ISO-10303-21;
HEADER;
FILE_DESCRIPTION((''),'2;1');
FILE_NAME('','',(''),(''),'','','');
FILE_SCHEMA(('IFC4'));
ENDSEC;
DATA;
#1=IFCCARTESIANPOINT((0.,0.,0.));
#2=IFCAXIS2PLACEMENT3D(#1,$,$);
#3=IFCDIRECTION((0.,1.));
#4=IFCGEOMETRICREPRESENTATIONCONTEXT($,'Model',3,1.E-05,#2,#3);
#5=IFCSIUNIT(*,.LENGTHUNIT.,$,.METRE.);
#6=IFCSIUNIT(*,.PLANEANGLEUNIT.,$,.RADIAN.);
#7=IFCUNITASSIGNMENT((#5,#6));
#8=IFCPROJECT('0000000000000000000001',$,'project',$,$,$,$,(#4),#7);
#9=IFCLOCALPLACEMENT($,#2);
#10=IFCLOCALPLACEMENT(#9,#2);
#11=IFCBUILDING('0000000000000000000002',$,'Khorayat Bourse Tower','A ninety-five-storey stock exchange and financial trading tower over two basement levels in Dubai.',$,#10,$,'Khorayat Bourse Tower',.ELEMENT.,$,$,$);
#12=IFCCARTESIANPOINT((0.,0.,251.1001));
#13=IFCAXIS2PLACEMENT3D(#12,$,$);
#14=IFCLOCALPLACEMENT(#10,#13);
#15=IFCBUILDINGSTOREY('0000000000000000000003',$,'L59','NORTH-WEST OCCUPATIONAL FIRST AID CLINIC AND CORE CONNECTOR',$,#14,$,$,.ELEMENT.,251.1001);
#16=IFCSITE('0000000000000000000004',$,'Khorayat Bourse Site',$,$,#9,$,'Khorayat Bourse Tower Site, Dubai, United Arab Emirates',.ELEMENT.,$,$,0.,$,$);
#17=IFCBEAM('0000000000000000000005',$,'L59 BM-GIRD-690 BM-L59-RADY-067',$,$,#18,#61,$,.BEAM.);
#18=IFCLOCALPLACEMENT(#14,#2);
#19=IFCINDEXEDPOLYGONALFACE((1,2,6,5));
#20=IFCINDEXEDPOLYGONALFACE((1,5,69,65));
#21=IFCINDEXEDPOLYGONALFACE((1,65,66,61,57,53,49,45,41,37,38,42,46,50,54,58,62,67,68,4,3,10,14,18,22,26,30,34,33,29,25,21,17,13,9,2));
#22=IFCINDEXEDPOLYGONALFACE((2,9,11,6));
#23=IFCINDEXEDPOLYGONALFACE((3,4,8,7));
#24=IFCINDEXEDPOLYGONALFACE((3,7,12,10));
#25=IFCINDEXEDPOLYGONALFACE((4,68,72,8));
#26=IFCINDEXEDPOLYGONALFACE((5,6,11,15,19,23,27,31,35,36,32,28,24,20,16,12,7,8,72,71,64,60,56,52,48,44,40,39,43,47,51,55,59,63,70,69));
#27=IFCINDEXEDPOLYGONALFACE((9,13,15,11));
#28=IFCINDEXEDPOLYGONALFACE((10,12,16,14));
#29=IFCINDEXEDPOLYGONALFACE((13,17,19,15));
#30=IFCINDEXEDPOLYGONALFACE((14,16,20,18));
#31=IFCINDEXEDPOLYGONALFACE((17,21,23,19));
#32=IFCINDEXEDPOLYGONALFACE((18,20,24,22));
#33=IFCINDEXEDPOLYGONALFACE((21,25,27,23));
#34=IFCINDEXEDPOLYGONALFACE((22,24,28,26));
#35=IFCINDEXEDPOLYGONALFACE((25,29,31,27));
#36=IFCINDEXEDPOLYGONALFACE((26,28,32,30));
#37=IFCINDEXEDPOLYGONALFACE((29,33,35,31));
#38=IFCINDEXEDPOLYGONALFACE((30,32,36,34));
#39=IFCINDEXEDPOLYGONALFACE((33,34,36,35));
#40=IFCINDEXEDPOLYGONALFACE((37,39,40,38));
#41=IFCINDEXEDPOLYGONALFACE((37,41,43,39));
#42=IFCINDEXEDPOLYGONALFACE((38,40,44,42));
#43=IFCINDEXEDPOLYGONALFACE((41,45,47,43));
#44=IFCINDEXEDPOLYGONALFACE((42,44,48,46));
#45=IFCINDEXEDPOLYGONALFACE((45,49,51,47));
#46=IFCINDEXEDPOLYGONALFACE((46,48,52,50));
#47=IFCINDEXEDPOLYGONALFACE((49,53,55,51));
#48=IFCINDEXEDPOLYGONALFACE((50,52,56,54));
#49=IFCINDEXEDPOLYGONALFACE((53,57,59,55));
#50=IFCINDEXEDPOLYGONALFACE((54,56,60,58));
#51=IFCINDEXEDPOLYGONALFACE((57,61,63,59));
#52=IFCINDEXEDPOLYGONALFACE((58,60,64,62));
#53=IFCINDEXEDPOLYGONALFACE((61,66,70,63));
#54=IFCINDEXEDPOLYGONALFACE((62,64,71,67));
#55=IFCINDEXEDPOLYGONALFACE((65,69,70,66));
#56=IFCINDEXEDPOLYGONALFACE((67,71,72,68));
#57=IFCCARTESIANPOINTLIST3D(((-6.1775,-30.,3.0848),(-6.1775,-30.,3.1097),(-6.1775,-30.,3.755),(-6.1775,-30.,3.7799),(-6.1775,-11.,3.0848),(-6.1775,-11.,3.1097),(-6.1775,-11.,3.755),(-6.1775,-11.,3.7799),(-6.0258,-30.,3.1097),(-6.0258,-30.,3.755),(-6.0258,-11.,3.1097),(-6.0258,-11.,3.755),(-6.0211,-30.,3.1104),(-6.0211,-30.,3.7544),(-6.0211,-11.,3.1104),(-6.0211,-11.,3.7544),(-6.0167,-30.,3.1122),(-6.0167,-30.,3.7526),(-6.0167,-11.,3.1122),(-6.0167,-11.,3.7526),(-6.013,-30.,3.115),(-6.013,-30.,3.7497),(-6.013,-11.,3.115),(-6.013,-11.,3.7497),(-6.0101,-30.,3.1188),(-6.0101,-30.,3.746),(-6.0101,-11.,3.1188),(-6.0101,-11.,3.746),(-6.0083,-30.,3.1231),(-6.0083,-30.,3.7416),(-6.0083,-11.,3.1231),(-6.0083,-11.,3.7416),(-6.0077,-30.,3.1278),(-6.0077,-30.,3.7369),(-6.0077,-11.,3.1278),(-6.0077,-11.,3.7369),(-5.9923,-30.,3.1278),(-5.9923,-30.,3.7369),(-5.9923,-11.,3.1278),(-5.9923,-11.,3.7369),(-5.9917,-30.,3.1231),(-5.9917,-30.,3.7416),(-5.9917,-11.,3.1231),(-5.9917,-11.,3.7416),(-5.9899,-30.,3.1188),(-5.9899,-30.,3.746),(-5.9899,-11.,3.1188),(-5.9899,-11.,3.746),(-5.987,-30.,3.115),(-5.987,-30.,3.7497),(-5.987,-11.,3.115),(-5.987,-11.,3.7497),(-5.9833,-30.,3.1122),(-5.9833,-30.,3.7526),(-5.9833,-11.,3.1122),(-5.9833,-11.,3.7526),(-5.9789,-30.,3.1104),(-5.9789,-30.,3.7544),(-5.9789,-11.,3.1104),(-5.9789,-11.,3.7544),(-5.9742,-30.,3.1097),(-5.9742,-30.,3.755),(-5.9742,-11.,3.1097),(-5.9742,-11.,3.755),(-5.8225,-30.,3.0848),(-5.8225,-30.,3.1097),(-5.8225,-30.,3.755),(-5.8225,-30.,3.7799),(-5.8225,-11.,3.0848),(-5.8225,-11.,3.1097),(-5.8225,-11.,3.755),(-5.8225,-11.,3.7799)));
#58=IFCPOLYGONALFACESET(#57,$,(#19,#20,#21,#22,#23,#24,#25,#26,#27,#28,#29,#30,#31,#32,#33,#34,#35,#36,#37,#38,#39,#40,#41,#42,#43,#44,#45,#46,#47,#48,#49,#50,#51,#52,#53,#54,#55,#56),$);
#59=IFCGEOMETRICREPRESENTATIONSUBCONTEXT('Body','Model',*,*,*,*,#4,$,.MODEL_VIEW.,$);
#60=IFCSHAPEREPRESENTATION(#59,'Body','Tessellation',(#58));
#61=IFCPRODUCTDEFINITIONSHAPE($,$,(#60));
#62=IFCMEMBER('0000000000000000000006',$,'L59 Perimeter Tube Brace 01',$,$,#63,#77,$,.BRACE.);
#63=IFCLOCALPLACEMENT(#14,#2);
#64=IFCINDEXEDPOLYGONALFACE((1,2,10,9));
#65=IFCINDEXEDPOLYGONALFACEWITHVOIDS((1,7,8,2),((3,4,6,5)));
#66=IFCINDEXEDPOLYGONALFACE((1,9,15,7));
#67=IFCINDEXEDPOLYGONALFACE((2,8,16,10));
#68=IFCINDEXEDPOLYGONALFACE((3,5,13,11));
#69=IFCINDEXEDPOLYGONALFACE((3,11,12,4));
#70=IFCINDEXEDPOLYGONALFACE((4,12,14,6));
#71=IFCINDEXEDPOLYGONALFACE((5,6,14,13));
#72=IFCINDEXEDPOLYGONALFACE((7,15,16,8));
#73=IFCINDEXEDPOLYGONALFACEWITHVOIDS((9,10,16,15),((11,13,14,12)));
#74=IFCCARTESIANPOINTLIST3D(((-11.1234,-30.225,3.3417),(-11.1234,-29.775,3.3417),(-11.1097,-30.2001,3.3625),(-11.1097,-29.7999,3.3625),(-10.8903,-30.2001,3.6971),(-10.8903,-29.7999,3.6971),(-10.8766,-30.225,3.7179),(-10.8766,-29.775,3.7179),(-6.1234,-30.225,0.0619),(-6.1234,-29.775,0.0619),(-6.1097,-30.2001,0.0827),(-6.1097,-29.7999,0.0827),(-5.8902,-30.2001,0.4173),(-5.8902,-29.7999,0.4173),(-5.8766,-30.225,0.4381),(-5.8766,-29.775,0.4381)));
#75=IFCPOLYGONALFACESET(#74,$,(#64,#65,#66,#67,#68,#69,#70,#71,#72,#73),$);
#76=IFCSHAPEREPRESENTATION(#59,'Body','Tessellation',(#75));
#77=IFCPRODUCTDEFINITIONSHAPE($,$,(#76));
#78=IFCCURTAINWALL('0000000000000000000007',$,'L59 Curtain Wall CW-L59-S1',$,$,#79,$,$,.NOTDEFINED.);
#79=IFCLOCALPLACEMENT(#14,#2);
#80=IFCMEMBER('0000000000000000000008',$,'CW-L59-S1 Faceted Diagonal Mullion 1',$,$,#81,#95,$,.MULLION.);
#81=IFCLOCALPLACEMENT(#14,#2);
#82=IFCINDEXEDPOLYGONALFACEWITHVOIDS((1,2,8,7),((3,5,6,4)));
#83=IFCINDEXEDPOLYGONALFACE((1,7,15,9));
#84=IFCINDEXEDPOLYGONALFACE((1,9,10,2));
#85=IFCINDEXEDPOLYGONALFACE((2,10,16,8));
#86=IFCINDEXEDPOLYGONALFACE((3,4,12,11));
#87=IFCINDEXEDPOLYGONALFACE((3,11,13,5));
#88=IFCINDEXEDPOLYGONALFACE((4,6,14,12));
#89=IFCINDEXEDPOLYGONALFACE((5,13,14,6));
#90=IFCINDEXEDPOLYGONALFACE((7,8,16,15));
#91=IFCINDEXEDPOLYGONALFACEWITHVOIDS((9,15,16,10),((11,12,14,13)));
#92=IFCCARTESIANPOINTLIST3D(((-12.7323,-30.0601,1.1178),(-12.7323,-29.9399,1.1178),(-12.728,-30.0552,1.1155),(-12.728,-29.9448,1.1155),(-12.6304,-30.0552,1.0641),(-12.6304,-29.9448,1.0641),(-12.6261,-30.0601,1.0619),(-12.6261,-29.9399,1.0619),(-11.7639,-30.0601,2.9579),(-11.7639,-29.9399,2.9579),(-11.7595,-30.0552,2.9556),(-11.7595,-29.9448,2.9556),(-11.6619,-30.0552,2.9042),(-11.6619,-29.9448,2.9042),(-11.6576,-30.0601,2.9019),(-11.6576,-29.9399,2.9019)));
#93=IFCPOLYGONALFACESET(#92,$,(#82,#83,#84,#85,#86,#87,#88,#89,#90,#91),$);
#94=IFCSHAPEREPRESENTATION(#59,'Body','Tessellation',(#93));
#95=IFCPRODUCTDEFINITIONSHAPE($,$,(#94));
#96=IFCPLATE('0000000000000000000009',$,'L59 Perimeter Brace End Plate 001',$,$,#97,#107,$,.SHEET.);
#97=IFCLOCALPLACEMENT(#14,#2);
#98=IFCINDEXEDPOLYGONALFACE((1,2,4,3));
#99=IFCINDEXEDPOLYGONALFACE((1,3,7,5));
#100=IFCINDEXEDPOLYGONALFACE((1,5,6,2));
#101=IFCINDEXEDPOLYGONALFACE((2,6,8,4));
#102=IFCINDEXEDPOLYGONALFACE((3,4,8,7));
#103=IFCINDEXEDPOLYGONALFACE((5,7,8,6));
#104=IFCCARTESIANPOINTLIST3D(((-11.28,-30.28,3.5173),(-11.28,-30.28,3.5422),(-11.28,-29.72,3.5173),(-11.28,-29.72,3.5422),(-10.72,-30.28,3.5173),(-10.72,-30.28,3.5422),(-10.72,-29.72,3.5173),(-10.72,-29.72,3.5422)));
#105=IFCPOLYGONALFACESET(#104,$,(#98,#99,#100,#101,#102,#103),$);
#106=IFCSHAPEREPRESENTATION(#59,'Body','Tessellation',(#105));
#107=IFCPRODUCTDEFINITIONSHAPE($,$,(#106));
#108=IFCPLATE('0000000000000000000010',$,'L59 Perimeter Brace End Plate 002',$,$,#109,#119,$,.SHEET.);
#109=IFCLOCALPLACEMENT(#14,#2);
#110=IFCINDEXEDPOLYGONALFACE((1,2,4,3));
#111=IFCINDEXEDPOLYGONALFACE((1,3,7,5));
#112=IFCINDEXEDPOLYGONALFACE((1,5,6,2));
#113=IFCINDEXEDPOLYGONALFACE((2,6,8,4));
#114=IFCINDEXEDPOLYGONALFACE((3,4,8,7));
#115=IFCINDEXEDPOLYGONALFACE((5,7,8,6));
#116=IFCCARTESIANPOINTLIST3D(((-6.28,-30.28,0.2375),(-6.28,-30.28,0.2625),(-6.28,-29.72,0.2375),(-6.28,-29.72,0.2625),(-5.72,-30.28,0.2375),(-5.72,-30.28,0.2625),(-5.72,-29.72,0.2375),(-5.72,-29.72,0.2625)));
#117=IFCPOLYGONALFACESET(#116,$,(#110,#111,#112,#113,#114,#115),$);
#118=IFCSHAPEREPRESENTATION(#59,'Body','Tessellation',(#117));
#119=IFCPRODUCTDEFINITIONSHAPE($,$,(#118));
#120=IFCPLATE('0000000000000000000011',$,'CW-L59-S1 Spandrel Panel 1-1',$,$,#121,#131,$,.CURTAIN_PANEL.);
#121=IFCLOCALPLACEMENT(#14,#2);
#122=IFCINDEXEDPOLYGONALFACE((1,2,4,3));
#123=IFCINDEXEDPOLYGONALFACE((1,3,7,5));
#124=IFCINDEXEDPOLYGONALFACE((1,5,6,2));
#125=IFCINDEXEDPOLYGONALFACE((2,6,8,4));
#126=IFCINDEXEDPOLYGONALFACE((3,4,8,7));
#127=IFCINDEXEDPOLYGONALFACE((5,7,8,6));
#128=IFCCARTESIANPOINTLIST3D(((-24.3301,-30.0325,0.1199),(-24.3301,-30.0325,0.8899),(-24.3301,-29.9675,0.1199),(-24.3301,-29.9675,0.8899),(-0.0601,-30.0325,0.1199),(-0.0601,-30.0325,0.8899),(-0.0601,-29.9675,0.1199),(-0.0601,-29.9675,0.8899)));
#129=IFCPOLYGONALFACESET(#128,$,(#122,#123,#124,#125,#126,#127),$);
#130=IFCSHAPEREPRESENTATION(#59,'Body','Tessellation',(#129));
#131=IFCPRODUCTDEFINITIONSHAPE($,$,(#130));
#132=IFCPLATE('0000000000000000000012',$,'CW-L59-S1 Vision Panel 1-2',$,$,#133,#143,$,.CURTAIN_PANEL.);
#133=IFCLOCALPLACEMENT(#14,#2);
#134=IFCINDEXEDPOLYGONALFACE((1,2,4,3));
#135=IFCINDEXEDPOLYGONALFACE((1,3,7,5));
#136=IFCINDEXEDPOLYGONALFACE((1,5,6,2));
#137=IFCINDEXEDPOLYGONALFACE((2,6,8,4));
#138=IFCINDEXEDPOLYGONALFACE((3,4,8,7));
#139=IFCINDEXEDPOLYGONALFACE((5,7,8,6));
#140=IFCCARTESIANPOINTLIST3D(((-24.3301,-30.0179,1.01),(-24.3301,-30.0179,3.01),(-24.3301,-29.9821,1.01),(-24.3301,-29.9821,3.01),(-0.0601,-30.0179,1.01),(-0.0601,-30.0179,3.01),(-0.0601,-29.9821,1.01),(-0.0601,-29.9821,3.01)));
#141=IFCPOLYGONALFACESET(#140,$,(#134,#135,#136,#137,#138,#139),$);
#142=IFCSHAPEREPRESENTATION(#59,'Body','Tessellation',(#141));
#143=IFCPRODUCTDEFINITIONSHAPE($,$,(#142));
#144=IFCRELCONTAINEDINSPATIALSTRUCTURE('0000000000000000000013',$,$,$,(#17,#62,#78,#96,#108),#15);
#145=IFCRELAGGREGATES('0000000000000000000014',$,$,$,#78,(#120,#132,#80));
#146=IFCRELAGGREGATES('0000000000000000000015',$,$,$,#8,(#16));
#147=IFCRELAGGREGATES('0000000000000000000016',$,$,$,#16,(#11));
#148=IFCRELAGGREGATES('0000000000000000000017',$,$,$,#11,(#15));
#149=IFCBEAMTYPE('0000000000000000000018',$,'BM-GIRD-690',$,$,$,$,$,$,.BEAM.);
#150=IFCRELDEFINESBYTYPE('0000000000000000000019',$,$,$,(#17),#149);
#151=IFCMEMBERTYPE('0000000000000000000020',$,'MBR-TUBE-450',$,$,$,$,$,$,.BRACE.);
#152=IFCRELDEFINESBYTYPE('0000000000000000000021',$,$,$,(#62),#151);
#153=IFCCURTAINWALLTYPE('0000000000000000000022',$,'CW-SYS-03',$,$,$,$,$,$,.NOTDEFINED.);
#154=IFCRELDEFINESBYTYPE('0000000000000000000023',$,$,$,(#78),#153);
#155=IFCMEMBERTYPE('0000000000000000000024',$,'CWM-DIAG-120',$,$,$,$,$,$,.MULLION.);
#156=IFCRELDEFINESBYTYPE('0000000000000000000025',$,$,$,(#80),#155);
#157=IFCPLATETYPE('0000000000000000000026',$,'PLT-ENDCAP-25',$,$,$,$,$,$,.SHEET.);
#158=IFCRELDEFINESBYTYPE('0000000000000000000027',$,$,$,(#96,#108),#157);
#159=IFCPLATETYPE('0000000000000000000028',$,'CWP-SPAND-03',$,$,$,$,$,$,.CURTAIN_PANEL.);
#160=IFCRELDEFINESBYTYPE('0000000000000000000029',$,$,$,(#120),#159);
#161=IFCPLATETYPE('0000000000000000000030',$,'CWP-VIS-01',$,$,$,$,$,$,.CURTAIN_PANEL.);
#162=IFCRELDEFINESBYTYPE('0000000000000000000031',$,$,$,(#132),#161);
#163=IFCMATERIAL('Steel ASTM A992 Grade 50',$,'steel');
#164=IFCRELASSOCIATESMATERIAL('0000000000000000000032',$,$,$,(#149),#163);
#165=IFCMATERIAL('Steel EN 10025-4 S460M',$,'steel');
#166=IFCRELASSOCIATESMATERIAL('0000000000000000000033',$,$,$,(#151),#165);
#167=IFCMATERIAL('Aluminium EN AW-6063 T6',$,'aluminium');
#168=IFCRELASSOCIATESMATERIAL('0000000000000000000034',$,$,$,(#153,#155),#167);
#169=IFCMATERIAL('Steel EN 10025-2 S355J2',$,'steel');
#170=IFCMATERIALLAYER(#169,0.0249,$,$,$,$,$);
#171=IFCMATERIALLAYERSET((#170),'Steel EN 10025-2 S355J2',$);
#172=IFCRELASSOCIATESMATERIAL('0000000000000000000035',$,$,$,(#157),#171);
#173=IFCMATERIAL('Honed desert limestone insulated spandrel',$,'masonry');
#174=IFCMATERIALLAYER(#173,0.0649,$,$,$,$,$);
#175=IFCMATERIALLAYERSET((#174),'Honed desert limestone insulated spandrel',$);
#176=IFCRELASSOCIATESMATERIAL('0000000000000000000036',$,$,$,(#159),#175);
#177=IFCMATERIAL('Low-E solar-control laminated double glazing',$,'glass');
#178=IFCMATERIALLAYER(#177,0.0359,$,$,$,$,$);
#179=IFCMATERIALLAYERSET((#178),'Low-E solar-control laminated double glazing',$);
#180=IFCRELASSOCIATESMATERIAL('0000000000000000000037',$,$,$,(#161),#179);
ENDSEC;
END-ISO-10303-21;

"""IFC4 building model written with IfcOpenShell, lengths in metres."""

from ifc_helpers import new_model, si_unit, direction, frame, origin, origin_2d, place, context, subcontext, project, spatial, rectangle, hollow_rectangle, i_section, extrude, source, transform, mapped, material, layer, layer_set, material_profile, profile_set, type_object, element, aggregate, save


model = new_model("IFC4")

# Units and contexts
model_context = context("Model", 3, precision=1e-05, world=origin(), true_north=direction((0.0, 1.0)))
body_context = subcontext(model_context, "Body", "Model", "MODEL_VIEW")
ifc_project = project(units=[si_unit("LENGTHUNIT", "METRE"), si_unit("PLANEANGLEUNIT", "RADIAN")], contexts=[model_context])

# Site, building, storey
site_placement = place(None, origin())
site = spatial("IfcSite", under=ifc_project, at=site_placement, Name="Khorayat Bourse Site", LongName="Khorayat Bourse Tower Site, Dubai, United Arab Emirates", CompositionType="ELEMENT", RefElevation=0.0)
building_placement = place(site_placement, origin())
building = spatial("IfcBuilding", under=site, at=building_placement, Name="Khorayat Bourse Tower", Description="A ninety-five-storey stock exchange and financial trading tower over two basement levels in Dubai.", LongName="Khorayat Bourse Tower", CompositionType="ELEMENT")
storey_placement = place(building_placement, frame((0.0, 0.0, 251.1001)))
storey = spatial("IfcBuildingStorey", under=building, at=storey_placement, Name="L59", Description="NORTH-WEST OCCUPATIONAL FIRST AID CLINIC AND CORE CONNECTOR", CompositionType="ELEMENT", Elevation=251.1001)

# Shared definitions
ifc_material_1 = material(Name="Steel EN 10025-4 S460M", Category="steel")

# Beam
ifc_material_2 = material(Name="Steel ASTM A992 Grade 50", Category="steel")
ifc_material_profile_1 = material_profile(ifc_material_2, i_section(OverallWidth=0.355, OverallDepth=0.6951, WebThickness=0.0154, FlangeThickness=0.0249, FilletRadius=0.0181, at=origin_2d()), Name="W690X217")
ifc_profile_set_1 = profile_set([ifc_material_profile_1], Name="Steel ASTM A992 Grade 50")
beam_type_1 = type_object("IfcBeamType", Name="BM-GIRD-690", PredefinedType="BEAM", material=ifc_profile_set_1)
shared_shape_1 = source(origin(), body_context, "Body", "SweptSolid", [
    extrude(i_section(OverallWidth=0.355, OverallDepth=0.6951, WebThickness=0.0154, FlangeThickness=0.0249, FilletRadius=0.0181, at=origin_2d()), origin(), (0.0, 0.0, 1.0), 19.0),
])
for number, where, z_axis, x_axis, name in (
    (1, (-6.0, -30.0, 3.4324), (0.0, 1.0, 0.0), (-1.0, 0.0, 0.0), "L59 BM-GIRD-690 BM-L59-RADY-067"),
):
    element("IfcBeam", number, at=place(storey_placement, frame(where, z_axis=z_axis, x_axis=x_axis)), inside=storey, type_object=beam_type_1, Name=name, PredefinedType="BEAM", context=body_context, shape_type="MappedRepresentation", body=[
        mapped(shared_shape_1, transform((0.0, 0.0, 0.0), scale=1.0)),
    ])

# Member
ifc_material_profile_2 = material_profile(ifc_material_1, hollow_rectangle(XDim=0.45, YDim=0.45, WallThickness=0.0249, at=origin_2d()), Name="HSS 450x450x25")
ifc_profile_set_2 = profile_set([ifc_material_profile_2], Name="Steel EN 10025-4 S460M")
member_type_1 = type_object("IfcMemberType", Name="MBR-TUBE-450", PredefinedType="BRACE", material=ifc_profile_set_2)
shared_shape_2 = source(origin(), body_context, "Body", "SweptSolid", [
    extrude(hollow_rectangle(XDim=0.45, YDim=0.45, WallThickness=0.0249, at=origin_2d()), origin(), (0.0, 0.0, 1.0), 5.9797),
])
member_1_placement = place(storey_placement, frame((-11.0, -30.0, 3.5298), z_axis=(0.83616, 0.0, -0.548485), x_axis=(0.0, 1.0, 0.0)))
element("IfcMember", 2, at=member_1_placement, inside=storey, type_object=member_type_1, Name="L59 Perimeter Tube Brace 01", PredefinedType="BRACE", context=body_context, shape_type="MappedRepresentation", body=[
    mapped(shared_shape_2, transform((0.0, 0.0, 0.0), scale=1.0)),
])

# Curtain wall, member
ifc_material_3 = material(Name="Aluminium EN AW-6063 T6", Category="aluminium")
curtain_wall_type = type_object("IfcCurtainWallType", Name="CW-SYS-03", PredefinedType="NOTDEFINED", material=ifc_material_3)
curtain_wall_placement = place(storey_placement, origin())
curtain_wall = element("IfcCurtainWall", 3, at=curtain_wall_placement, inside=storey, type_object=curtain_wall_type, Name="L59 Curtain Wall CW-L59-S1", PredefinedType="NOTDEFINED")
ifc_material_profile_3 = material_profile(ifc_material_3, hollow_rectangle(XDim=0.1201, YDim=0.1201, WallThickness=0.0049, at=origin_2d()), Name="ALU 120x120x5")
ifc_profile_set_3 = profile_set([ifc_material_profile_3], Name="Aluminium EN AW-6063 T6")
member_type_2 = type_object("IfcMemberType", Name="CWM-DIAG-120", PredefinedType="MULLION", material=ifc_profile_set_3)
shared_shape_3 = source(origin(), body_context, "Body", "SweptSolid", [
    extrude(hollow_rectangle(XDim=0.1201, YDim=0.1201, WallThickness=0.0049, at=origin_2d()), origin(), (0.0, 0.0, 1.0), 2.0793),
])
member_2_placement = place(storey_placement, frame((-12.6792, -30.0, 1.0898), z_axis=(0.465761, 0.0, 0.884911), x_axis=(0.0, 1.0, 0.0)))
member_2 = element("IfcMember", 4, at=member_2_placement, type_object=member_type_2, Name="CW-L59-S1 Faceted Diagonal Mullion 1", PredefinedType="MULLION", context=body_context, shape_type="MappedRepresentation", body=[
    mapped(shared_shape_3, transform((0.0, 0.0, 0.0), scale=1.0)),
])

# Plates
ifc_material_4 = material(Name="Steel EN 10025-2 S355J2", Category="steel")
ifc_layer_1 = layer(ifc_material_4, 0.0249)
ifc_layer_set_1 = layer_set([ifc_layer_1], Name="Steel EN 10025-2 S355J2")
plate_type_1 = type_object("IfcPlateType", Name="PLT-ENDCAP-25", PredefinedType="SHEET", material=ifc_layer_set_1)
shared_shape_4 = source(origin(), body_context, "Body", "SweptSolid", [
    extrude(rectangle(XDim=0.5601, YDim=0.5601, at=origin_2d()), origin(), (0.0, 0.0, 1.0), 0.0249),
])
for number, where, z_axis, x_axis, name in (
    (5, (-11.0, -30.0, 3.5173), (0.0, 0.0, 1.0), (1.0, 0.0, 0.0), "L59 Perimeter Brace End Plate 001"),
    (6, (-6.0, -30.0, 0.2375), (0.0, 0.0, 1.0), (1.0, 0.0, 0.0), "L59 Perimeter Brace End Plate 002"),
):
    element("IfcPlate", number, at=place(storey_placement, frame(where, z_axis=z_axis, x_axis=x_axis)), inside=storey, type_object=plate_type_1, Name=name, PredefinedType="SHEET", context=body_context, shape_type="MappedRepresentation", body=[
        mapped(shared_shape_4, transform((0.0, 0.0, 0.0), scale=1.0)),
    ])

# Plates
ifc_material_5 = material(Name="Honed desert limestone insulated spandrel", Category="masonry")
ifc_layer_2 = layer(ifc_material_5, 0.0649)
ifc_layer_set_2 = layer_set([ifc_layer_2], Name="Honed desert limestone insulated spandrel")
plate_type_2 = type_object("IfcPlateType", Name="CWP-SPAND-03", PredefinedType="CURTAIN_PANEL", material=ifc_layer_set_2)
shared_shape_5 = source(origin(), body_context, "Body", "SweptSolid", [
    extrude(rectangle(XDim=24.27, YDim=0.0649, at=origin_2d()), origin(), (0.0, 0.0, 1.0), 0.77),
])
plate_1_placement = place(storey_placement, frame((-12.1951, -30.0, 0.1199), z_axis=(0.0, 0.0, 1.0), x_axis=(1.0, 0.0, 0.0)))
plate_1 = element("IfcPlate", 7, at=plate_1_placement, type_object=plate_type_2, Name="CW-L59-S1 Spandrel Panel 1-1", PredefinedType="CURTAIN_PANEL", context=body_context, shape_type="MappedRepresentation", body=[
    mapped(shared_shape_5, transform((0.0, 0.0, 0.0), scale=1.0)),
])
ifc_material_6 = material(Name="Low-E solar-control laminated double glazing", Category="glass")
ifc_layer_3 = layer(ifc_material_6, 0.0359)
ifc_layer_set_3 = layer_set([ifc_layer_3], Name="Low-E solar-control laminated double glazing")
plate_type_3 = type_object("IfcPlateType", Name="CWP-VIS-01", PredefinedType="CURTAIN_PANEL", material=ifc_layer_set_3)
shared_shape_6 = source(origin(), body_context, "Body", "SweptSolid", [
    extrude(rectangle(XDim=24.27, YDim=0.0359, at=origin_2d()), origin(), (0.0, 0.0, 1.0), 2.0),
])
plate_2_placement = place(storey_placement, frame((-12.1951, -30.0, 1.01), z_axis=(0.0, 0.0, 1.0), x_axis=(1.0, 0.0, 0.0)))
plate_2 = element("IfcPlate", 8, at=plate_2_placement, type_object=plate_type_3, Name="CW-L59-S1 Vision Panel 1-2", PredefinedType="CURTAIN_PANEL", context=body_context, shape_type="MappedRepresentation", body=[
    mapped(shared_shape_6, transform((0.0, 0.0, 0.0), scale=1.0)),
])
aggregate(curtain_wall, [plate_1, plate_2, member_2])

save(model, "model.ifc")
